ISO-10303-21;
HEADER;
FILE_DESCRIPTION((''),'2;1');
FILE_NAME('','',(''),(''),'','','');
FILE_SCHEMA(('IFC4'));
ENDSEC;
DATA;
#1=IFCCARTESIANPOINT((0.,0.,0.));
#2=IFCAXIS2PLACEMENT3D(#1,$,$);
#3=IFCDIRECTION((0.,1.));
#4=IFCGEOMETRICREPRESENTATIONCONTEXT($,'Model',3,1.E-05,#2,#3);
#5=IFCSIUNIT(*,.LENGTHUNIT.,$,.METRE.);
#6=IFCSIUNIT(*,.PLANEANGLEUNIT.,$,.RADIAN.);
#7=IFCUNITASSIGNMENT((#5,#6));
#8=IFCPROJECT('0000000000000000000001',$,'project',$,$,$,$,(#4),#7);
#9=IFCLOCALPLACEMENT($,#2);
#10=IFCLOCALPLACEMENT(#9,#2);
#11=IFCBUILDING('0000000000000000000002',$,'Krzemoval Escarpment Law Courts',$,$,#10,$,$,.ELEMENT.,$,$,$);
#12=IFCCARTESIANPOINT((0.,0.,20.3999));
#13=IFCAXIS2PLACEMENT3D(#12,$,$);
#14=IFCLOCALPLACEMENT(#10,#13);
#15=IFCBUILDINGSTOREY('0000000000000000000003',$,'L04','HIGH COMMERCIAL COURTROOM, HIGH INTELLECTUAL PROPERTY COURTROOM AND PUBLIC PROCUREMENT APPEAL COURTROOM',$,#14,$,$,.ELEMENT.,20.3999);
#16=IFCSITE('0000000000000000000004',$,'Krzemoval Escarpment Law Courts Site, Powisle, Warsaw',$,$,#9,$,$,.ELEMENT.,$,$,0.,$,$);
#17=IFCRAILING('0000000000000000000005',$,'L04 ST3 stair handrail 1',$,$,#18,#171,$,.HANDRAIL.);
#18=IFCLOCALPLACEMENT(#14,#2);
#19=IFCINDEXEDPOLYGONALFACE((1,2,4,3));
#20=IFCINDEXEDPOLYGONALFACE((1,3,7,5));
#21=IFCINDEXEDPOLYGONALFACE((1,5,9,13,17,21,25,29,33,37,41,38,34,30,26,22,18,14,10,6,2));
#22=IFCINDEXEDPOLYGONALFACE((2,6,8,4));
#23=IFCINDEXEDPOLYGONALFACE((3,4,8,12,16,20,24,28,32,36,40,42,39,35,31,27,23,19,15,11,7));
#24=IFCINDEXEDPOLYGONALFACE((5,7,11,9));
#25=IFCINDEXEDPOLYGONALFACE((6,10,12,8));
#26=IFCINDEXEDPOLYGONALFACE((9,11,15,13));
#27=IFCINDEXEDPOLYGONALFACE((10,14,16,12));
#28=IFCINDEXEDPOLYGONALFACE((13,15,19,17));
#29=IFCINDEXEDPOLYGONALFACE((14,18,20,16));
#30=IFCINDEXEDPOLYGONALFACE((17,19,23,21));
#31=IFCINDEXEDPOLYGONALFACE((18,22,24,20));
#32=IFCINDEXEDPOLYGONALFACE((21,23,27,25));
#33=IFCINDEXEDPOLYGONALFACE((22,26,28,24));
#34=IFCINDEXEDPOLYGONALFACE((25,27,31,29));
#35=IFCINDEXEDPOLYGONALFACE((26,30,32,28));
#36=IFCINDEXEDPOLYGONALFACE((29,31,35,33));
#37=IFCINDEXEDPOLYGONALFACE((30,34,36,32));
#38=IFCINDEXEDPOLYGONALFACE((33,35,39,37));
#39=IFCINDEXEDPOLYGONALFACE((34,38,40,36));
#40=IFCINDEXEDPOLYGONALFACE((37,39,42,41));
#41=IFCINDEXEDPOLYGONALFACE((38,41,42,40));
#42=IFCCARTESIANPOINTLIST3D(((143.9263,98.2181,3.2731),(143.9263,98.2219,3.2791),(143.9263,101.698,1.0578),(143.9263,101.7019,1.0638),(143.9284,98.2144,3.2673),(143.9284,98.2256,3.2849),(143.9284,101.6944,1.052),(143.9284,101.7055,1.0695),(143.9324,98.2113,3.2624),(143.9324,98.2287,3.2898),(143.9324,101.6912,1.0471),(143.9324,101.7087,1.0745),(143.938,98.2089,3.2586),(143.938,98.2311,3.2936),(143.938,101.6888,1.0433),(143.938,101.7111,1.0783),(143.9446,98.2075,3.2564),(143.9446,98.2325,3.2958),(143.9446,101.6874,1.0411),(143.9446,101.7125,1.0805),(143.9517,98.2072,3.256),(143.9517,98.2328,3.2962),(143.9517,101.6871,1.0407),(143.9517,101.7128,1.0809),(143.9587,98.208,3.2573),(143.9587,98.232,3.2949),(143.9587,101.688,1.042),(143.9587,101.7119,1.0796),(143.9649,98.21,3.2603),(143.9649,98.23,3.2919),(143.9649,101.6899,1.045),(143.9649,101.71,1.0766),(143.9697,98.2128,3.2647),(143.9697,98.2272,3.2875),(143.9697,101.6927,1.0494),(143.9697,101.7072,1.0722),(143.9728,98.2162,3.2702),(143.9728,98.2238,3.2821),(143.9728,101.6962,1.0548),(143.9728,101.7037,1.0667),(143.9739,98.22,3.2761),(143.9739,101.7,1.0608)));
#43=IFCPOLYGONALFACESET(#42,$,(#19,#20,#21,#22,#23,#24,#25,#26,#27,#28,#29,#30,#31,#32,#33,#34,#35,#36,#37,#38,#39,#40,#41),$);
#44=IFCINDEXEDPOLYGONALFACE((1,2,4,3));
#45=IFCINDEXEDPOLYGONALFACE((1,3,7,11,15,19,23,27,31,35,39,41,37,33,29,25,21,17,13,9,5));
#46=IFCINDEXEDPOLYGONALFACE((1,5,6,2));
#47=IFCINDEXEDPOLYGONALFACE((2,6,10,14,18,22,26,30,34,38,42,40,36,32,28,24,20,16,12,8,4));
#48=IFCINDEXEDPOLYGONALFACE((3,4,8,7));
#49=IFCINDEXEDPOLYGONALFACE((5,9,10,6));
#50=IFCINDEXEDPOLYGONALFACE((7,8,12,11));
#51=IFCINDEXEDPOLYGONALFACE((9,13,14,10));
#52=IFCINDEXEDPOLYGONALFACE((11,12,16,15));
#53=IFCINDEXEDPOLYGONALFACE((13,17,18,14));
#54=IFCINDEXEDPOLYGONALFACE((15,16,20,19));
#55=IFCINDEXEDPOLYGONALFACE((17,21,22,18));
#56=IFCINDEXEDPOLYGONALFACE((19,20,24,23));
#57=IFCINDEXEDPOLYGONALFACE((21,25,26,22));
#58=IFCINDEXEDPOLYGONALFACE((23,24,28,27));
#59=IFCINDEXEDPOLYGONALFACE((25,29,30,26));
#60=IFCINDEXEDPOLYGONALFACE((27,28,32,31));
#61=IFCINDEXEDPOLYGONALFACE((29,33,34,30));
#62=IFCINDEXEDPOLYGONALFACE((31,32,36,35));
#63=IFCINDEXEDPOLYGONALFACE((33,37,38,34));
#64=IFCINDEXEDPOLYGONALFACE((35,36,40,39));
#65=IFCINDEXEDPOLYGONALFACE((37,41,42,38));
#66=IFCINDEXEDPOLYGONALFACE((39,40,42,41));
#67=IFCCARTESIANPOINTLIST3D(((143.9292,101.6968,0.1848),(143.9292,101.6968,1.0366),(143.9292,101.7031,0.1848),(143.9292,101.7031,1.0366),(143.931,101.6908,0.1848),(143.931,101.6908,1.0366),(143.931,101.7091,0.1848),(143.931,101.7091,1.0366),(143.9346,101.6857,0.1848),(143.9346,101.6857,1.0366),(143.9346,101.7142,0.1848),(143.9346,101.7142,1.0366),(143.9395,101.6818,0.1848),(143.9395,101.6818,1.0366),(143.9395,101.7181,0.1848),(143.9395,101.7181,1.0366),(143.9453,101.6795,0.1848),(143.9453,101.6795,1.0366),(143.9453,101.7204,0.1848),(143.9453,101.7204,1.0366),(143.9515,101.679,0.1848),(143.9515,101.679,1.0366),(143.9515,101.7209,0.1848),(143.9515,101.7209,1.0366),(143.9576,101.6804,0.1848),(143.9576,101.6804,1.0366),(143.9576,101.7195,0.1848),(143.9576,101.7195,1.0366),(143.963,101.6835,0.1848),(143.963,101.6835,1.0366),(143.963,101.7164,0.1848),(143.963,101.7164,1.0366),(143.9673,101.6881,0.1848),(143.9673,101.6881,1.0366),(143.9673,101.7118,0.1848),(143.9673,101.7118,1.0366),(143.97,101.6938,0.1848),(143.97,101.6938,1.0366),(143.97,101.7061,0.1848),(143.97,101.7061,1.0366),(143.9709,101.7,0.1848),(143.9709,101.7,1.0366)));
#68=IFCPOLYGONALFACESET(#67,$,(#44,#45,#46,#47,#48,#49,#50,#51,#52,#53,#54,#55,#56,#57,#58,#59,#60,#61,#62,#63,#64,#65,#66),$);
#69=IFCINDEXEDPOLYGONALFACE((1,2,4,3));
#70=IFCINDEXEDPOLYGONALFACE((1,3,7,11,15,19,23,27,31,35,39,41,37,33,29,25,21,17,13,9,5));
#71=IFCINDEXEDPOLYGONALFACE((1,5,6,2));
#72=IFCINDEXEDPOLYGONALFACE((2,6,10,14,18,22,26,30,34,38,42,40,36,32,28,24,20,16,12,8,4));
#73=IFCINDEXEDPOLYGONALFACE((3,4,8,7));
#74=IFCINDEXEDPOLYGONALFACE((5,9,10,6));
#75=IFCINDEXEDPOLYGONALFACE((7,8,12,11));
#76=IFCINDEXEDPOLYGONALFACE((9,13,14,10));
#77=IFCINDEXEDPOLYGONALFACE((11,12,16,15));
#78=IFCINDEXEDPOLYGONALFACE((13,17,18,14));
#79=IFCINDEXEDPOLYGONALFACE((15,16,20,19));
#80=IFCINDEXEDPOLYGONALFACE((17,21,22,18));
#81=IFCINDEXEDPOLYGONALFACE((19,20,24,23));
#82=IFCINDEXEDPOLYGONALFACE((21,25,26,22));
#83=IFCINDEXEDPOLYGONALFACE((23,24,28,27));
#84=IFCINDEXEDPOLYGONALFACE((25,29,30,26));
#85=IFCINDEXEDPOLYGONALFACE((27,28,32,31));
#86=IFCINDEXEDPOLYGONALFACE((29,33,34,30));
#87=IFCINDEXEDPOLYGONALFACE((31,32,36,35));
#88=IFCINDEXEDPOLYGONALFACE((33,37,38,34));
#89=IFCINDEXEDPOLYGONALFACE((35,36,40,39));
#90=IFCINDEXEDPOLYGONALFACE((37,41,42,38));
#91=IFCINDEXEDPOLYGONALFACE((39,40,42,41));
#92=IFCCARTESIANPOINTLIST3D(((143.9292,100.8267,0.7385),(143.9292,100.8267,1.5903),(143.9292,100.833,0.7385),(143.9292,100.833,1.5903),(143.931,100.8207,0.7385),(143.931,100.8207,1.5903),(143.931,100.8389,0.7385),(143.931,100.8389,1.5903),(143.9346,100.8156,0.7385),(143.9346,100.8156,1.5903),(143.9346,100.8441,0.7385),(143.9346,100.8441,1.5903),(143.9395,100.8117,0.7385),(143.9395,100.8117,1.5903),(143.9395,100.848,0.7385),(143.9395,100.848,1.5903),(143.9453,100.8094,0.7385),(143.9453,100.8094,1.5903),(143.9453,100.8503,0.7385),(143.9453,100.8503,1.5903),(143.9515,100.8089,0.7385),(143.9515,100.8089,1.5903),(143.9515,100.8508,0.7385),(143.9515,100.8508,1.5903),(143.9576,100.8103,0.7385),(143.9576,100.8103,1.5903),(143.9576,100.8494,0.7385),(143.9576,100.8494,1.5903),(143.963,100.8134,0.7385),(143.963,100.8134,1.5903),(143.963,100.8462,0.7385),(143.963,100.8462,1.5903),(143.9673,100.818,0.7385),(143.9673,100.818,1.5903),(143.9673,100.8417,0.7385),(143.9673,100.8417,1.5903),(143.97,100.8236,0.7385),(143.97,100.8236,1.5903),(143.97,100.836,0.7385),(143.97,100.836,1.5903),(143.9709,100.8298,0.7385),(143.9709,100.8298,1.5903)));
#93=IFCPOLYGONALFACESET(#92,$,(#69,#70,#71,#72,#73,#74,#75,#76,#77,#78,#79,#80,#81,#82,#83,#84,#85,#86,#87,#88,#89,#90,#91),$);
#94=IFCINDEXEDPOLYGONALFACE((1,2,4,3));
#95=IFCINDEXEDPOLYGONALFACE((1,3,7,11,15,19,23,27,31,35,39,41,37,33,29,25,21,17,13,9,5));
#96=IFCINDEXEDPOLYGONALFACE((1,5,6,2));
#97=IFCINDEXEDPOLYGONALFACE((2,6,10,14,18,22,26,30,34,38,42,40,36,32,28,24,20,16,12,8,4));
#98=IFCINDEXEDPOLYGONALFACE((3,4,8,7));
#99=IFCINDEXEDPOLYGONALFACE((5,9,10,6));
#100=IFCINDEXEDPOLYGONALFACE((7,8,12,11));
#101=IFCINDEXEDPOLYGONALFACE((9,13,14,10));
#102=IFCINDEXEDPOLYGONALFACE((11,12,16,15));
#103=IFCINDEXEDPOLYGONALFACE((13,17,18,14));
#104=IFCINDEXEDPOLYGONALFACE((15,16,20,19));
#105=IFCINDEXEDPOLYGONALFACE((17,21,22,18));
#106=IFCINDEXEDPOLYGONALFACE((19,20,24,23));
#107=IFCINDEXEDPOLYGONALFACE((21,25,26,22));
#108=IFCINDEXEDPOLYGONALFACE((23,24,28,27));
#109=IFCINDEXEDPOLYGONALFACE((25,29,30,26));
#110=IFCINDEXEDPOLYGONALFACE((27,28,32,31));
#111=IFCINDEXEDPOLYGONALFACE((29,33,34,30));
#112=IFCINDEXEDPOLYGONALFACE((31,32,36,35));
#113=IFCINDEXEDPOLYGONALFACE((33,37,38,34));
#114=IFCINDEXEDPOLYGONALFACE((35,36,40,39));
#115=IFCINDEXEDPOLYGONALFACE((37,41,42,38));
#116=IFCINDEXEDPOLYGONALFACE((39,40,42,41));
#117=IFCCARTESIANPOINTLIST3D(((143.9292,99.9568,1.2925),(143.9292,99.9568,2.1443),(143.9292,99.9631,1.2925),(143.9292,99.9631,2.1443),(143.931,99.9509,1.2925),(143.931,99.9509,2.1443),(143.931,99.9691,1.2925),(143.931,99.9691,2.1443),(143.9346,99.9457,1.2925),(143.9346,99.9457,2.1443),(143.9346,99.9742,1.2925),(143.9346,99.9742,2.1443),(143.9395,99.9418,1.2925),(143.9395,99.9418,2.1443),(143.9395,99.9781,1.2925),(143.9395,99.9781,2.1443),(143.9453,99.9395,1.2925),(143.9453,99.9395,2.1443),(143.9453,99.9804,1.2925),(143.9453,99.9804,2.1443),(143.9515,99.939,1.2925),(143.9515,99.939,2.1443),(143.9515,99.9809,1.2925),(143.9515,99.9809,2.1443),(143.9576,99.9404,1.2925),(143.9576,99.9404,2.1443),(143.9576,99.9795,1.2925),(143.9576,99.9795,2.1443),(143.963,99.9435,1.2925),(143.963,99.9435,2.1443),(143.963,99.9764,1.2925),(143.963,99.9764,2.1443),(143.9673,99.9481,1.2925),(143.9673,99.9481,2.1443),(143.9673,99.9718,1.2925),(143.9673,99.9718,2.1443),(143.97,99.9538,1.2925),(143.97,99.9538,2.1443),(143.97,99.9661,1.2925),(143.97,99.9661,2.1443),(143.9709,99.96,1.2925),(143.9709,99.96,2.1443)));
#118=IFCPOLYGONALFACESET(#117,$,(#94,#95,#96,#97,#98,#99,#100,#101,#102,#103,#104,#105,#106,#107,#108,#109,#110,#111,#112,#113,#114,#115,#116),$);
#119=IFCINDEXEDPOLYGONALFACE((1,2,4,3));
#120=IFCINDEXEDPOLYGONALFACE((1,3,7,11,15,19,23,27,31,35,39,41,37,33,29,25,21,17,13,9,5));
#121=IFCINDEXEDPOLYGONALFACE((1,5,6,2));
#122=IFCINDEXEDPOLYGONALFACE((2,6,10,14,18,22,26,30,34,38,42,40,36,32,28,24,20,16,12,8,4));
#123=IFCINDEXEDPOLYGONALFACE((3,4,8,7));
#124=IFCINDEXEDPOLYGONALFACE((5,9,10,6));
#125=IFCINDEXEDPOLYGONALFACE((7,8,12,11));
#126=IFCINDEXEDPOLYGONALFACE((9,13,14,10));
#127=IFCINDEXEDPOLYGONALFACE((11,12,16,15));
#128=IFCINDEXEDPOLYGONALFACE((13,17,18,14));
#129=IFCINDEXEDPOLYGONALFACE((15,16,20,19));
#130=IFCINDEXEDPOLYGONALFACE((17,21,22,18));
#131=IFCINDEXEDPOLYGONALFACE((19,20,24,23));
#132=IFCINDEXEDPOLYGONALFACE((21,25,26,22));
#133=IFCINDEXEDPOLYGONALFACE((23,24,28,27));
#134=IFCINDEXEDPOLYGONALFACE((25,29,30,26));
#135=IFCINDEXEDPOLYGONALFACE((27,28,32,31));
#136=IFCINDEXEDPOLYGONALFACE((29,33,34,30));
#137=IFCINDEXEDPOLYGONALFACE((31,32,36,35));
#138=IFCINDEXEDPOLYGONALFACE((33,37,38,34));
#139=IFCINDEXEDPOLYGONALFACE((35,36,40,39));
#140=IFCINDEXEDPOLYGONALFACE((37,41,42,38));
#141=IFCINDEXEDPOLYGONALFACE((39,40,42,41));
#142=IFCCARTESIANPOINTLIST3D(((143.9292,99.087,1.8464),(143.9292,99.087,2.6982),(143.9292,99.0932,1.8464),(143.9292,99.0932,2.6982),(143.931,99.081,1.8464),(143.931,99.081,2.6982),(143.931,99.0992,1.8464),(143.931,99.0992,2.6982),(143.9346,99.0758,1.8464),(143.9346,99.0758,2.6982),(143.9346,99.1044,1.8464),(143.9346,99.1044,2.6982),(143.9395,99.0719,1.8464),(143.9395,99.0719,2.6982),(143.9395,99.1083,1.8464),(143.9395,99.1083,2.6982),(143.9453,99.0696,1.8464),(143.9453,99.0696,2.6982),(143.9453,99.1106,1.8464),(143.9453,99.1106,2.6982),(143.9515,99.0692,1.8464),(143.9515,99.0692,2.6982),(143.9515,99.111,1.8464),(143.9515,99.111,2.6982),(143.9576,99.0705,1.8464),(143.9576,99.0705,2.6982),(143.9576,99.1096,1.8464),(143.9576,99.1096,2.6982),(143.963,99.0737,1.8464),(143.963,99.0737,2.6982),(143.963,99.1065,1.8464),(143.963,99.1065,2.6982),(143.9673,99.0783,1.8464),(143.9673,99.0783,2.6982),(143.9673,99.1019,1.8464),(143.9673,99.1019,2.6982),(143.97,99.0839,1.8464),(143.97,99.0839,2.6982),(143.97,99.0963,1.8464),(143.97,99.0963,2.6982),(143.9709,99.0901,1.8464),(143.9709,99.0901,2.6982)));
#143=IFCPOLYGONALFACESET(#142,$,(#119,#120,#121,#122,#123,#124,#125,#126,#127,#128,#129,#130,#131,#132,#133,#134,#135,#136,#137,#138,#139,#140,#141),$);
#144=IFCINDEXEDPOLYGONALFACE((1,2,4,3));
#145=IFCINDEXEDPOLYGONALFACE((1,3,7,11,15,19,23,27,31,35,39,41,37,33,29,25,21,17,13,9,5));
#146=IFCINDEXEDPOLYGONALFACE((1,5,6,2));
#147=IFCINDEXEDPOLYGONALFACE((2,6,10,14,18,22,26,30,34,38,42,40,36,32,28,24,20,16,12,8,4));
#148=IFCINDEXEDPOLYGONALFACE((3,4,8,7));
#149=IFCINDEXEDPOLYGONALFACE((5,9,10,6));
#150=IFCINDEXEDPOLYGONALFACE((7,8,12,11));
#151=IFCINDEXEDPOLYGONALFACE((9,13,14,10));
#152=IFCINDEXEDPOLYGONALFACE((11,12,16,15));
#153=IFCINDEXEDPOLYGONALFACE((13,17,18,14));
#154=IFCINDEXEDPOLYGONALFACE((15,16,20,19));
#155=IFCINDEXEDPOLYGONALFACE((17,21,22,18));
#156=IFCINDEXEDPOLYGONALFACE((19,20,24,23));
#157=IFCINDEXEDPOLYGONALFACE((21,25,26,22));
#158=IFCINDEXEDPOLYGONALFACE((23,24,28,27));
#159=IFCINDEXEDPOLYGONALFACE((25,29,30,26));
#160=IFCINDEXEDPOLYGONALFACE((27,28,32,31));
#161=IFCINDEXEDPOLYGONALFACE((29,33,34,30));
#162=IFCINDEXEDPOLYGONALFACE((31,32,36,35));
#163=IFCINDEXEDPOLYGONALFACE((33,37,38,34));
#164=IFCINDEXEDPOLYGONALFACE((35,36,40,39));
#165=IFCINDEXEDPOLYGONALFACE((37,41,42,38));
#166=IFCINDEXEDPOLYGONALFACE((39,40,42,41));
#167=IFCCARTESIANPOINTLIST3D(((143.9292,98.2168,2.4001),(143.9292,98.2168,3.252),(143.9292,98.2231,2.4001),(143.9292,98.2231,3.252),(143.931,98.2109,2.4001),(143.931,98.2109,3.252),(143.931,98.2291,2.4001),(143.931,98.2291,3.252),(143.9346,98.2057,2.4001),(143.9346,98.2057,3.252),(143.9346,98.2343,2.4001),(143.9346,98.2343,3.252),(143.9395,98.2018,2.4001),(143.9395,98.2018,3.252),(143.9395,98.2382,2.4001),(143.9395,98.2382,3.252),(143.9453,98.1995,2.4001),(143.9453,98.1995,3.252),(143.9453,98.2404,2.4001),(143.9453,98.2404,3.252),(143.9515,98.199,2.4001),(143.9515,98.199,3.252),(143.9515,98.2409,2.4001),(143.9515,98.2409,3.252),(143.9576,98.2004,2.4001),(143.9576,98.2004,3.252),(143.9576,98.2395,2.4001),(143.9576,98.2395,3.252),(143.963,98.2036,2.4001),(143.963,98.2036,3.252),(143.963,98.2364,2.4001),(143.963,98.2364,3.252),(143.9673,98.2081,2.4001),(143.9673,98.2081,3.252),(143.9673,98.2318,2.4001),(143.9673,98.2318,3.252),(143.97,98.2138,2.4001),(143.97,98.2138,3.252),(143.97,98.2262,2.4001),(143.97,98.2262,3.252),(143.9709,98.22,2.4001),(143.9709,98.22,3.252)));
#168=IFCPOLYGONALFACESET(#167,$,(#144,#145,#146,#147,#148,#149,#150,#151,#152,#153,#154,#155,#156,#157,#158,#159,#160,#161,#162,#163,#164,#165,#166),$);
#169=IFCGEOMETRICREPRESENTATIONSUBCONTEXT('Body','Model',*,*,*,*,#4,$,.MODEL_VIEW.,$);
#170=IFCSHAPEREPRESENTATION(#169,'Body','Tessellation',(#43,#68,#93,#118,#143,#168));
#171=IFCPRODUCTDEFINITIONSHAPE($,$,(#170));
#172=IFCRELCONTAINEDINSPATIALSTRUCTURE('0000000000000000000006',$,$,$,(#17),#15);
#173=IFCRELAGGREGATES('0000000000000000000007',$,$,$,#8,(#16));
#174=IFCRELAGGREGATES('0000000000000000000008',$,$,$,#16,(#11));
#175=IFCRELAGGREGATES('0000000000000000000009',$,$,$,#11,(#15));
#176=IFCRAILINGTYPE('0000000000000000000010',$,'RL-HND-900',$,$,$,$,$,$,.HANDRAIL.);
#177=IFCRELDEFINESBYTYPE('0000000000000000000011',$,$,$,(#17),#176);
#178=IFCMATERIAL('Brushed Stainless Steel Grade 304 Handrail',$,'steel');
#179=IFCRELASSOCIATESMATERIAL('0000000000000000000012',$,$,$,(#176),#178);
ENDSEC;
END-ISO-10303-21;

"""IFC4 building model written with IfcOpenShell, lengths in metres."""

from ifc_helpers import new_model, si_unit, direction, frame, origin, origin_2d, place, context, subcontext, project, spatial, circle, extrude, material, type_object, element, save


model = new_model("IFC4")

# Units and contexts
model_context = context("Model", 3, precision=1e-05, world=origin(), true_north=direction((0.0, 1.0)))
body_context = subcontext(model_context, "Body", "Model", "MODEL_VIEW")
ifc_project = project(units=[si_unit("LENGTHUNIT", "METRE"), si_unit("PLANEANGLEUNIT", "RADIAN")], contexts=[model_context])

# Site, building, storey
site_placement = place(None, origin())
site = spatial("IfcSite", under=ifc_project, at=site_placement, Name="Krzemoval Escarpment Law Courts Site, Powisle, Warsaw", CompositionType="ELEMENT", RefElevation=0.0)
building_placement = place(site_placement, origin())
building = spatial("IfcBuilding", under=site, at=building_placement, Name="Krzemoval Escarpment Law Courts", CompositionType="ELEMENT")
storey_placement = place(building_placement, frame((0.0, 0.0, 20.3999)))
storey = spatial("IfcBuildingStorey", under=building, at=storey_placement, Name="L04", Description="HIGH COMMERCIAL COURTROOM, HIGH INTELLECTUAL PROPERTY COURTROOM AND PUBLIC PROCUREMENT APPEAL COURTROOM", CompositionType="ELEMENT", Elevation=20.3999)

# Railing
ifc_material_1 = material(Name="Brushed Stainless Steel Grade 304 Handrail", Category="steel")
railing_type_1 = type_object("IfcRailingType", Name="RL-HND-900", PredefinedType="HANDRAIL", material=ifc_material_1)
railing_1_placement = place(storey_placement, frame((143.95, 101.7, 0.1848)))
element("IfcRailing", 1, at=railing_1_placement, inside=storey, type_object=railing_type_1, Name="L04 ST3 stair handrail 1", PredefinedType="HANDRAIL", context=body_context, shape_type="SweptSolid", body=[
    extrude(circle(Radius=0.0239, at=origin_2d()), frame((0.0, 0.0, 0.876), z_axis=(0.0, -0.843574, 0.537013), x_axis=(1.0, 0.0, 0.0)), (0.0, 0.0, 1.0), 4.1252),
    extrude(circle(Radius=0.021, at=origin_2d()), origin(), (0.0, 0.0, 1.0), 0.8518),
    extrude(circle(Radius=0.021, at=origin_2d()), frame((0.0, -0.8701, 0.5537)), (0.0, 0.0, 1.0), 0.8518),
    extrude(circle(Radius=0.021, at=origin_2d()), frame((0.0, -1.74, 1.1077)), (0.0, 0.0, 1.0), 0.8518),
    extrude(circle(Radius=0.021, at=origin_2d()), frame((0.0, -2.6099, 1.6616)), (0.0, 0.0, 1.0), 0.8518),
    extrude(circle(Radius=0.021, at=origin_2d()), frame((0.0, -3.48, 2.2153)), (0.0, 0.0, 1.0), 0.8518),
])

save(model, "model.ifc")
